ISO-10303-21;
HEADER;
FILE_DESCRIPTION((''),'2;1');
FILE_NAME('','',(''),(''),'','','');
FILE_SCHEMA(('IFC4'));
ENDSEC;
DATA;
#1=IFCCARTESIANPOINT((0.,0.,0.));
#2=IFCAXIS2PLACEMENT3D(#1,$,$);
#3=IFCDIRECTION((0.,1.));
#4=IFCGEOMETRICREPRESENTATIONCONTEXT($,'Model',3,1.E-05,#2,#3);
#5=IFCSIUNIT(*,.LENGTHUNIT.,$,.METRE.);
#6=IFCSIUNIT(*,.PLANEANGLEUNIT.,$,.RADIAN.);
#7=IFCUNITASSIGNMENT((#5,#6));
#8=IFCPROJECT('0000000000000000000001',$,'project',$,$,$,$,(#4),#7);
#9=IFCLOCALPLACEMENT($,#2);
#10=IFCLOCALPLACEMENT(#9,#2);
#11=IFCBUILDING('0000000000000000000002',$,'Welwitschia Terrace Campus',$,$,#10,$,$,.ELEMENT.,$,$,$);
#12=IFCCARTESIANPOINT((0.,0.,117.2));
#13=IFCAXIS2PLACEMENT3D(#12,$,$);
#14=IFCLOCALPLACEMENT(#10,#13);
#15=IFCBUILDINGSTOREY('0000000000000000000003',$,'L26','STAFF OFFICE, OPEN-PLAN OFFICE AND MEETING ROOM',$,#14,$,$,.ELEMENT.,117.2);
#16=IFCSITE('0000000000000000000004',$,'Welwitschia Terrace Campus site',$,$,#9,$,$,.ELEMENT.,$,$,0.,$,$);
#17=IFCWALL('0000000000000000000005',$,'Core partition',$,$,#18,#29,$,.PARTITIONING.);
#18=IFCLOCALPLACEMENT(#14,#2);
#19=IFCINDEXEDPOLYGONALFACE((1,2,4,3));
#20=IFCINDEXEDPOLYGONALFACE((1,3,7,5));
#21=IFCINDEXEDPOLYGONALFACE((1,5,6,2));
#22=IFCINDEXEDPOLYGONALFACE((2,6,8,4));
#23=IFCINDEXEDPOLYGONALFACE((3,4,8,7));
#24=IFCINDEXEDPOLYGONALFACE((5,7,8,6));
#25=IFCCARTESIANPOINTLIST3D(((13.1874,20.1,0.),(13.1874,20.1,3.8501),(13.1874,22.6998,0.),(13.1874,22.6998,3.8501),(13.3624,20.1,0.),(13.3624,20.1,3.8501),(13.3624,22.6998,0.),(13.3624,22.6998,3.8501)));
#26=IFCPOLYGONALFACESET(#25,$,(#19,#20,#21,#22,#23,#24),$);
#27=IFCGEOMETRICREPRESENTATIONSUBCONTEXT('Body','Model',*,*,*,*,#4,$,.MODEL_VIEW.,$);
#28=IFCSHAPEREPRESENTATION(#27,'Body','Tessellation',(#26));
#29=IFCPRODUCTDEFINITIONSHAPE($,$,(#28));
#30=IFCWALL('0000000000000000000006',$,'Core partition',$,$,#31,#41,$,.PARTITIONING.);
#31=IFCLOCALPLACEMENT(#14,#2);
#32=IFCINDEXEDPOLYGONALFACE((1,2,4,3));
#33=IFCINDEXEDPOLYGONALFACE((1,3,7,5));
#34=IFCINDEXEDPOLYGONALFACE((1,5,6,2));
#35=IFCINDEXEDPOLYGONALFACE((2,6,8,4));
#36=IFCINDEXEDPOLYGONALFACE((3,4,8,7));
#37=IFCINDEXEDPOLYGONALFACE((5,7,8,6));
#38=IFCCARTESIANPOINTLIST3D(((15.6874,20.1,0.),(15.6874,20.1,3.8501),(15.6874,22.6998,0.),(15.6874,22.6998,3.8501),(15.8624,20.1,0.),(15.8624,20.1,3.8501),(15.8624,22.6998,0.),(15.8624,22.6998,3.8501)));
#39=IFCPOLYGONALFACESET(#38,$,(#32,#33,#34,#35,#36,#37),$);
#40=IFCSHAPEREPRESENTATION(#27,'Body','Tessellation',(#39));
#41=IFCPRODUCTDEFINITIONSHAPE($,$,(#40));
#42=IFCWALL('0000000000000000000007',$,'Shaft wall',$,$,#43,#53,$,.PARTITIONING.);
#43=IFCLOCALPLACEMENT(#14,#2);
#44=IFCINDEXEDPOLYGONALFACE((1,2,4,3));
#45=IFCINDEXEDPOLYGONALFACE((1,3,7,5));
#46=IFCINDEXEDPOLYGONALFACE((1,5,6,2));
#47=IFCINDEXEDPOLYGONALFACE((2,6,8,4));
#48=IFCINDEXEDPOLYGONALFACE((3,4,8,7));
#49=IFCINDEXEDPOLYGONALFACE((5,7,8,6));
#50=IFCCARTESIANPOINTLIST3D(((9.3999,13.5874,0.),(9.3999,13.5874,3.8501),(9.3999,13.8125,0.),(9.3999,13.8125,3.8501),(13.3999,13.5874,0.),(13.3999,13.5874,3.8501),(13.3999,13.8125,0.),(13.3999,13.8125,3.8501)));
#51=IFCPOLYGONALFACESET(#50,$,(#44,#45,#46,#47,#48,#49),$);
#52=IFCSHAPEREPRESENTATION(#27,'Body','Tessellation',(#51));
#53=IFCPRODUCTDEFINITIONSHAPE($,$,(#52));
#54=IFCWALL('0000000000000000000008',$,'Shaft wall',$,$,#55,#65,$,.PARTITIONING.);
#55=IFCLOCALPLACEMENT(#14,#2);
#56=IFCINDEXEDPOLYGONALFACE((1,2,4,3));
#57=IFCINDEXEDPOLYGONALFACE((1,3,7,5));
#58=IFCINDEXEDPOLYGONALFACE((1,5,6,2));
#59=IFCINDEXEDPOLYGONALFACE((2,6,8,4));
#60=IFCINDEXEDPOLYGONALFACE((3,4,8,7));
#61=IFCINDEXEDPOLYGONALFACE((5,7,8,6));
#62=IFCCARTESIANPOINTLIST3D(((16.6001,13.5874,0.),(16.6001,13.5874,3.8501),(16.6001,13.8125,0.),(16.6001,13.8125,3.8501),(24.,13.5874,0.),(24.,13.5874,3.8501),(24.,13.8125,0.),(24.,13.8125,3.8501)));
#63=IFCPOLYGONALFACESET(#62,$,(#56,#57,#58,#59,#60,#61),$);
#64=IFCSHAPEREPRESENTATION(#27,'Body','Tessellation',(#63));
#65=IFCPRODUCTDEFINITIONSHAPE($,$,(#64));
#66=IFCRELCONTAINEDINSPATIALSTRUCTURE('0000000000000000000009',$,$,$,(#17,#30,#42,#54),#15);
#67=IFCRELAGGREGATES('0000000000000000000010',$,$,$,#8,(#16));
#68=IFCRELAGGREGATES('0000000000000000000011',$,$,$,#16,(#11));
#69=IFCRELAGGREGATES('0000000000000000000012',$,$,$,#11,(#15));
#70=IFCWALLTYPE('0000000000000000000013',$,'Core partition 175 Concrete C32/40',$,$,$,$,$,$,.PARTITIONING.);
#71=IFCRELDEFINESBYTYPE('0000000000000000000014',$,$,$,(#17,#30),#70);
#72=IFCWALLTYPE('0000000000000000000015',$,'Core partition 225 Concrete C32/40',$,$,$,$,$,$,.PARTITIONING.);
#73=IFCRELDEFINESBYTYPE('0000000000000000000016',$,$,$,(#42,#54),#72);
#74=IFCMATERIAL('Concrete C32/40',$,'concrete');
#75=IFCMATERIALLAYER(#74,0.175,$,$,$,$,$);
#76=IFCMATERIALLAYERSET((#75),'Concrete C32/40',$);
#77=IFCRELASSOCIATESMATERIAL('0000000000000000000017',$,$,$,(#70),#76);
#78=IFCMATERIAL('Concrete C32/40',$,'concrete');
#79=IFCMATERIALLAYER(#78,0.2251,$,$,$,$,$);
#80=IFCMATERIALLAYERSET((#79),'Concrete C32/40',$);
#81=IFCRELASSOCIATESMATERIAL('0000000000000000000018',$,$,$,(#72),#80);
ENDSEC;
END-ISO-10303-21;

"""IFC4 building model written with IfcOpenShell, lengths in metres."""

from ifc_helpers import new_model, si_unit, direction, frame, frame_2d, origin, place, context, subcontext, project, spatial, rectangle, extrude, material, layer, layer_set, type_object, element, save


model = new_model("IFC4")

# Units and contexts
model_context = context("Model", 3, precision=1e-05, world=origin(), true_north=direction((0.0, 1.0)))
body_context = subcontext(model_context, "Body", "Model", "MODEL_VIEW")
ifc_project = project(units=[si_unit("LENGTHUNIT", "METRE"), si_unit("PLANEANGLEUNIT", "RADIAN")], contexts=[model_context])

# Site, building, storey
site_placement = place(None, origin())
site = spatial("IfcSite", under=ifc_project, at=site_placement, Name="Welwitschia Terrace Campus site", CompositionType="ELEMENT", RefElevation=0.0)
building_placement = place(site_placement, origin())
building = spatial("IfcBuilding", under=site, at=building_placement, Name="Welwitschia Terrace Campus", CompositionType="ELEMENT")
storey_placement = place(building_placement, frame((0.0, 0.0, 117.2)))
storey = spatial("IfcBuildingStorey", under=building, at=storey_placement, Name="L26", Description="STAFF OFFICE, OPEN-PLAN OFFICE AND MEETING ROOM", CompositionType="ELEMENT", Elevation=117.2)

# Walls
ifc_material_1 = material(Name="Concrete C32/40", Category="concrete")
ifc_layer_1 = layer(ifc_material_1, 0.175)
ifc_layer_set_1 = layer_set([ifc_layer_1], Name="Concrete C32/40")
wall_type_1 = type_object("IfcWallType", Name="Core partition 175 Concrete C32/40", PredefinedType="PARTITIONING", material=ifc_layer_set_1)
for number, where, z_axis, x_axis, name in (
    (1, (13.2749, 20.1001, 0.0), (0.0, 0.0, 1.0), (0.0, 1.0, 0.0), "Core partition"),
    (2, (15.7749, 20.1001, 0.0), (0.0, 0.0, 1.0), (0.0, 1.0, 0.0), "Core partition"),
):
    element("IfcWall", number, at=place(storey_placement, frame(where, z_axis=z_axis, x_axis=x_axis)), inside=storey, type_object=wall_type_1, Name=name, PredefinedType="PARTITIONING", context=body_context, shape_type="SweptSolid", body=[
        extrude(rectangle(XDim=2.5999, YDim=0.175, at=frame_2d((1.2998, 0.0))), origin(), (0.0, 0.0, 1.0), 3.8501),
    ])
ifc_material_2 = material(Name="Concrete C32/40", Category="concrete")
ifc_layer_2 = layer(ifc_material_2, 0.2251)
ifc_layer_set_2 = layer_set([ifc_layer_2], Name="Concrete C32/40")
wall_type_2 = type_object("IfcWallType", Name="Core partition 225 Concrete C32/40", PredefinedType="PARTITIONING", material=ifc_layer_set_2)
wall_1_placement = place(storey_placement, frame((9.3999, 13.7, 0.0), z_axis=(0.0, 0.0, 1.0), x_axis=(1.0, 0.0, 0.0)))
element("IfcWall", 3, at=wall_1_placement, inside=storey, type_object=wall_type_2, Name="Shaft wall", PredefinedType="PARTITIONING", context=body_context, shape_type="SweptSolid", body=[
    extrude(rectangle(XDim=4.0, YDim=0.2251, at=frame_2d((2.0, 0.0))), origin(), (0.0, 0.0, 1.0), 3.8501),
])
wall_2_placement = place(storey_placement, frame((16.6001, 13.7, 0.0), z_axis=(0.0, 0.0, 1.0), x_axis=(1.0, 0.0, 0.0)))
element("IfcWall", 4, at=wall_2_placement, inside=storey, type_object=wall_type_2, Name="Shaft wall", PredefinedType="PARTITIONING", context=body_context, shape_type="SweptSolid", body=[
    extrude(rectangle(XDim=7.3999, YDim=0.2251, at=frame_2d((3.7, 0.0))), origin(), (0.0, 0.0, 1.0), 3.8501),
])

save(model, "model.ifc")
